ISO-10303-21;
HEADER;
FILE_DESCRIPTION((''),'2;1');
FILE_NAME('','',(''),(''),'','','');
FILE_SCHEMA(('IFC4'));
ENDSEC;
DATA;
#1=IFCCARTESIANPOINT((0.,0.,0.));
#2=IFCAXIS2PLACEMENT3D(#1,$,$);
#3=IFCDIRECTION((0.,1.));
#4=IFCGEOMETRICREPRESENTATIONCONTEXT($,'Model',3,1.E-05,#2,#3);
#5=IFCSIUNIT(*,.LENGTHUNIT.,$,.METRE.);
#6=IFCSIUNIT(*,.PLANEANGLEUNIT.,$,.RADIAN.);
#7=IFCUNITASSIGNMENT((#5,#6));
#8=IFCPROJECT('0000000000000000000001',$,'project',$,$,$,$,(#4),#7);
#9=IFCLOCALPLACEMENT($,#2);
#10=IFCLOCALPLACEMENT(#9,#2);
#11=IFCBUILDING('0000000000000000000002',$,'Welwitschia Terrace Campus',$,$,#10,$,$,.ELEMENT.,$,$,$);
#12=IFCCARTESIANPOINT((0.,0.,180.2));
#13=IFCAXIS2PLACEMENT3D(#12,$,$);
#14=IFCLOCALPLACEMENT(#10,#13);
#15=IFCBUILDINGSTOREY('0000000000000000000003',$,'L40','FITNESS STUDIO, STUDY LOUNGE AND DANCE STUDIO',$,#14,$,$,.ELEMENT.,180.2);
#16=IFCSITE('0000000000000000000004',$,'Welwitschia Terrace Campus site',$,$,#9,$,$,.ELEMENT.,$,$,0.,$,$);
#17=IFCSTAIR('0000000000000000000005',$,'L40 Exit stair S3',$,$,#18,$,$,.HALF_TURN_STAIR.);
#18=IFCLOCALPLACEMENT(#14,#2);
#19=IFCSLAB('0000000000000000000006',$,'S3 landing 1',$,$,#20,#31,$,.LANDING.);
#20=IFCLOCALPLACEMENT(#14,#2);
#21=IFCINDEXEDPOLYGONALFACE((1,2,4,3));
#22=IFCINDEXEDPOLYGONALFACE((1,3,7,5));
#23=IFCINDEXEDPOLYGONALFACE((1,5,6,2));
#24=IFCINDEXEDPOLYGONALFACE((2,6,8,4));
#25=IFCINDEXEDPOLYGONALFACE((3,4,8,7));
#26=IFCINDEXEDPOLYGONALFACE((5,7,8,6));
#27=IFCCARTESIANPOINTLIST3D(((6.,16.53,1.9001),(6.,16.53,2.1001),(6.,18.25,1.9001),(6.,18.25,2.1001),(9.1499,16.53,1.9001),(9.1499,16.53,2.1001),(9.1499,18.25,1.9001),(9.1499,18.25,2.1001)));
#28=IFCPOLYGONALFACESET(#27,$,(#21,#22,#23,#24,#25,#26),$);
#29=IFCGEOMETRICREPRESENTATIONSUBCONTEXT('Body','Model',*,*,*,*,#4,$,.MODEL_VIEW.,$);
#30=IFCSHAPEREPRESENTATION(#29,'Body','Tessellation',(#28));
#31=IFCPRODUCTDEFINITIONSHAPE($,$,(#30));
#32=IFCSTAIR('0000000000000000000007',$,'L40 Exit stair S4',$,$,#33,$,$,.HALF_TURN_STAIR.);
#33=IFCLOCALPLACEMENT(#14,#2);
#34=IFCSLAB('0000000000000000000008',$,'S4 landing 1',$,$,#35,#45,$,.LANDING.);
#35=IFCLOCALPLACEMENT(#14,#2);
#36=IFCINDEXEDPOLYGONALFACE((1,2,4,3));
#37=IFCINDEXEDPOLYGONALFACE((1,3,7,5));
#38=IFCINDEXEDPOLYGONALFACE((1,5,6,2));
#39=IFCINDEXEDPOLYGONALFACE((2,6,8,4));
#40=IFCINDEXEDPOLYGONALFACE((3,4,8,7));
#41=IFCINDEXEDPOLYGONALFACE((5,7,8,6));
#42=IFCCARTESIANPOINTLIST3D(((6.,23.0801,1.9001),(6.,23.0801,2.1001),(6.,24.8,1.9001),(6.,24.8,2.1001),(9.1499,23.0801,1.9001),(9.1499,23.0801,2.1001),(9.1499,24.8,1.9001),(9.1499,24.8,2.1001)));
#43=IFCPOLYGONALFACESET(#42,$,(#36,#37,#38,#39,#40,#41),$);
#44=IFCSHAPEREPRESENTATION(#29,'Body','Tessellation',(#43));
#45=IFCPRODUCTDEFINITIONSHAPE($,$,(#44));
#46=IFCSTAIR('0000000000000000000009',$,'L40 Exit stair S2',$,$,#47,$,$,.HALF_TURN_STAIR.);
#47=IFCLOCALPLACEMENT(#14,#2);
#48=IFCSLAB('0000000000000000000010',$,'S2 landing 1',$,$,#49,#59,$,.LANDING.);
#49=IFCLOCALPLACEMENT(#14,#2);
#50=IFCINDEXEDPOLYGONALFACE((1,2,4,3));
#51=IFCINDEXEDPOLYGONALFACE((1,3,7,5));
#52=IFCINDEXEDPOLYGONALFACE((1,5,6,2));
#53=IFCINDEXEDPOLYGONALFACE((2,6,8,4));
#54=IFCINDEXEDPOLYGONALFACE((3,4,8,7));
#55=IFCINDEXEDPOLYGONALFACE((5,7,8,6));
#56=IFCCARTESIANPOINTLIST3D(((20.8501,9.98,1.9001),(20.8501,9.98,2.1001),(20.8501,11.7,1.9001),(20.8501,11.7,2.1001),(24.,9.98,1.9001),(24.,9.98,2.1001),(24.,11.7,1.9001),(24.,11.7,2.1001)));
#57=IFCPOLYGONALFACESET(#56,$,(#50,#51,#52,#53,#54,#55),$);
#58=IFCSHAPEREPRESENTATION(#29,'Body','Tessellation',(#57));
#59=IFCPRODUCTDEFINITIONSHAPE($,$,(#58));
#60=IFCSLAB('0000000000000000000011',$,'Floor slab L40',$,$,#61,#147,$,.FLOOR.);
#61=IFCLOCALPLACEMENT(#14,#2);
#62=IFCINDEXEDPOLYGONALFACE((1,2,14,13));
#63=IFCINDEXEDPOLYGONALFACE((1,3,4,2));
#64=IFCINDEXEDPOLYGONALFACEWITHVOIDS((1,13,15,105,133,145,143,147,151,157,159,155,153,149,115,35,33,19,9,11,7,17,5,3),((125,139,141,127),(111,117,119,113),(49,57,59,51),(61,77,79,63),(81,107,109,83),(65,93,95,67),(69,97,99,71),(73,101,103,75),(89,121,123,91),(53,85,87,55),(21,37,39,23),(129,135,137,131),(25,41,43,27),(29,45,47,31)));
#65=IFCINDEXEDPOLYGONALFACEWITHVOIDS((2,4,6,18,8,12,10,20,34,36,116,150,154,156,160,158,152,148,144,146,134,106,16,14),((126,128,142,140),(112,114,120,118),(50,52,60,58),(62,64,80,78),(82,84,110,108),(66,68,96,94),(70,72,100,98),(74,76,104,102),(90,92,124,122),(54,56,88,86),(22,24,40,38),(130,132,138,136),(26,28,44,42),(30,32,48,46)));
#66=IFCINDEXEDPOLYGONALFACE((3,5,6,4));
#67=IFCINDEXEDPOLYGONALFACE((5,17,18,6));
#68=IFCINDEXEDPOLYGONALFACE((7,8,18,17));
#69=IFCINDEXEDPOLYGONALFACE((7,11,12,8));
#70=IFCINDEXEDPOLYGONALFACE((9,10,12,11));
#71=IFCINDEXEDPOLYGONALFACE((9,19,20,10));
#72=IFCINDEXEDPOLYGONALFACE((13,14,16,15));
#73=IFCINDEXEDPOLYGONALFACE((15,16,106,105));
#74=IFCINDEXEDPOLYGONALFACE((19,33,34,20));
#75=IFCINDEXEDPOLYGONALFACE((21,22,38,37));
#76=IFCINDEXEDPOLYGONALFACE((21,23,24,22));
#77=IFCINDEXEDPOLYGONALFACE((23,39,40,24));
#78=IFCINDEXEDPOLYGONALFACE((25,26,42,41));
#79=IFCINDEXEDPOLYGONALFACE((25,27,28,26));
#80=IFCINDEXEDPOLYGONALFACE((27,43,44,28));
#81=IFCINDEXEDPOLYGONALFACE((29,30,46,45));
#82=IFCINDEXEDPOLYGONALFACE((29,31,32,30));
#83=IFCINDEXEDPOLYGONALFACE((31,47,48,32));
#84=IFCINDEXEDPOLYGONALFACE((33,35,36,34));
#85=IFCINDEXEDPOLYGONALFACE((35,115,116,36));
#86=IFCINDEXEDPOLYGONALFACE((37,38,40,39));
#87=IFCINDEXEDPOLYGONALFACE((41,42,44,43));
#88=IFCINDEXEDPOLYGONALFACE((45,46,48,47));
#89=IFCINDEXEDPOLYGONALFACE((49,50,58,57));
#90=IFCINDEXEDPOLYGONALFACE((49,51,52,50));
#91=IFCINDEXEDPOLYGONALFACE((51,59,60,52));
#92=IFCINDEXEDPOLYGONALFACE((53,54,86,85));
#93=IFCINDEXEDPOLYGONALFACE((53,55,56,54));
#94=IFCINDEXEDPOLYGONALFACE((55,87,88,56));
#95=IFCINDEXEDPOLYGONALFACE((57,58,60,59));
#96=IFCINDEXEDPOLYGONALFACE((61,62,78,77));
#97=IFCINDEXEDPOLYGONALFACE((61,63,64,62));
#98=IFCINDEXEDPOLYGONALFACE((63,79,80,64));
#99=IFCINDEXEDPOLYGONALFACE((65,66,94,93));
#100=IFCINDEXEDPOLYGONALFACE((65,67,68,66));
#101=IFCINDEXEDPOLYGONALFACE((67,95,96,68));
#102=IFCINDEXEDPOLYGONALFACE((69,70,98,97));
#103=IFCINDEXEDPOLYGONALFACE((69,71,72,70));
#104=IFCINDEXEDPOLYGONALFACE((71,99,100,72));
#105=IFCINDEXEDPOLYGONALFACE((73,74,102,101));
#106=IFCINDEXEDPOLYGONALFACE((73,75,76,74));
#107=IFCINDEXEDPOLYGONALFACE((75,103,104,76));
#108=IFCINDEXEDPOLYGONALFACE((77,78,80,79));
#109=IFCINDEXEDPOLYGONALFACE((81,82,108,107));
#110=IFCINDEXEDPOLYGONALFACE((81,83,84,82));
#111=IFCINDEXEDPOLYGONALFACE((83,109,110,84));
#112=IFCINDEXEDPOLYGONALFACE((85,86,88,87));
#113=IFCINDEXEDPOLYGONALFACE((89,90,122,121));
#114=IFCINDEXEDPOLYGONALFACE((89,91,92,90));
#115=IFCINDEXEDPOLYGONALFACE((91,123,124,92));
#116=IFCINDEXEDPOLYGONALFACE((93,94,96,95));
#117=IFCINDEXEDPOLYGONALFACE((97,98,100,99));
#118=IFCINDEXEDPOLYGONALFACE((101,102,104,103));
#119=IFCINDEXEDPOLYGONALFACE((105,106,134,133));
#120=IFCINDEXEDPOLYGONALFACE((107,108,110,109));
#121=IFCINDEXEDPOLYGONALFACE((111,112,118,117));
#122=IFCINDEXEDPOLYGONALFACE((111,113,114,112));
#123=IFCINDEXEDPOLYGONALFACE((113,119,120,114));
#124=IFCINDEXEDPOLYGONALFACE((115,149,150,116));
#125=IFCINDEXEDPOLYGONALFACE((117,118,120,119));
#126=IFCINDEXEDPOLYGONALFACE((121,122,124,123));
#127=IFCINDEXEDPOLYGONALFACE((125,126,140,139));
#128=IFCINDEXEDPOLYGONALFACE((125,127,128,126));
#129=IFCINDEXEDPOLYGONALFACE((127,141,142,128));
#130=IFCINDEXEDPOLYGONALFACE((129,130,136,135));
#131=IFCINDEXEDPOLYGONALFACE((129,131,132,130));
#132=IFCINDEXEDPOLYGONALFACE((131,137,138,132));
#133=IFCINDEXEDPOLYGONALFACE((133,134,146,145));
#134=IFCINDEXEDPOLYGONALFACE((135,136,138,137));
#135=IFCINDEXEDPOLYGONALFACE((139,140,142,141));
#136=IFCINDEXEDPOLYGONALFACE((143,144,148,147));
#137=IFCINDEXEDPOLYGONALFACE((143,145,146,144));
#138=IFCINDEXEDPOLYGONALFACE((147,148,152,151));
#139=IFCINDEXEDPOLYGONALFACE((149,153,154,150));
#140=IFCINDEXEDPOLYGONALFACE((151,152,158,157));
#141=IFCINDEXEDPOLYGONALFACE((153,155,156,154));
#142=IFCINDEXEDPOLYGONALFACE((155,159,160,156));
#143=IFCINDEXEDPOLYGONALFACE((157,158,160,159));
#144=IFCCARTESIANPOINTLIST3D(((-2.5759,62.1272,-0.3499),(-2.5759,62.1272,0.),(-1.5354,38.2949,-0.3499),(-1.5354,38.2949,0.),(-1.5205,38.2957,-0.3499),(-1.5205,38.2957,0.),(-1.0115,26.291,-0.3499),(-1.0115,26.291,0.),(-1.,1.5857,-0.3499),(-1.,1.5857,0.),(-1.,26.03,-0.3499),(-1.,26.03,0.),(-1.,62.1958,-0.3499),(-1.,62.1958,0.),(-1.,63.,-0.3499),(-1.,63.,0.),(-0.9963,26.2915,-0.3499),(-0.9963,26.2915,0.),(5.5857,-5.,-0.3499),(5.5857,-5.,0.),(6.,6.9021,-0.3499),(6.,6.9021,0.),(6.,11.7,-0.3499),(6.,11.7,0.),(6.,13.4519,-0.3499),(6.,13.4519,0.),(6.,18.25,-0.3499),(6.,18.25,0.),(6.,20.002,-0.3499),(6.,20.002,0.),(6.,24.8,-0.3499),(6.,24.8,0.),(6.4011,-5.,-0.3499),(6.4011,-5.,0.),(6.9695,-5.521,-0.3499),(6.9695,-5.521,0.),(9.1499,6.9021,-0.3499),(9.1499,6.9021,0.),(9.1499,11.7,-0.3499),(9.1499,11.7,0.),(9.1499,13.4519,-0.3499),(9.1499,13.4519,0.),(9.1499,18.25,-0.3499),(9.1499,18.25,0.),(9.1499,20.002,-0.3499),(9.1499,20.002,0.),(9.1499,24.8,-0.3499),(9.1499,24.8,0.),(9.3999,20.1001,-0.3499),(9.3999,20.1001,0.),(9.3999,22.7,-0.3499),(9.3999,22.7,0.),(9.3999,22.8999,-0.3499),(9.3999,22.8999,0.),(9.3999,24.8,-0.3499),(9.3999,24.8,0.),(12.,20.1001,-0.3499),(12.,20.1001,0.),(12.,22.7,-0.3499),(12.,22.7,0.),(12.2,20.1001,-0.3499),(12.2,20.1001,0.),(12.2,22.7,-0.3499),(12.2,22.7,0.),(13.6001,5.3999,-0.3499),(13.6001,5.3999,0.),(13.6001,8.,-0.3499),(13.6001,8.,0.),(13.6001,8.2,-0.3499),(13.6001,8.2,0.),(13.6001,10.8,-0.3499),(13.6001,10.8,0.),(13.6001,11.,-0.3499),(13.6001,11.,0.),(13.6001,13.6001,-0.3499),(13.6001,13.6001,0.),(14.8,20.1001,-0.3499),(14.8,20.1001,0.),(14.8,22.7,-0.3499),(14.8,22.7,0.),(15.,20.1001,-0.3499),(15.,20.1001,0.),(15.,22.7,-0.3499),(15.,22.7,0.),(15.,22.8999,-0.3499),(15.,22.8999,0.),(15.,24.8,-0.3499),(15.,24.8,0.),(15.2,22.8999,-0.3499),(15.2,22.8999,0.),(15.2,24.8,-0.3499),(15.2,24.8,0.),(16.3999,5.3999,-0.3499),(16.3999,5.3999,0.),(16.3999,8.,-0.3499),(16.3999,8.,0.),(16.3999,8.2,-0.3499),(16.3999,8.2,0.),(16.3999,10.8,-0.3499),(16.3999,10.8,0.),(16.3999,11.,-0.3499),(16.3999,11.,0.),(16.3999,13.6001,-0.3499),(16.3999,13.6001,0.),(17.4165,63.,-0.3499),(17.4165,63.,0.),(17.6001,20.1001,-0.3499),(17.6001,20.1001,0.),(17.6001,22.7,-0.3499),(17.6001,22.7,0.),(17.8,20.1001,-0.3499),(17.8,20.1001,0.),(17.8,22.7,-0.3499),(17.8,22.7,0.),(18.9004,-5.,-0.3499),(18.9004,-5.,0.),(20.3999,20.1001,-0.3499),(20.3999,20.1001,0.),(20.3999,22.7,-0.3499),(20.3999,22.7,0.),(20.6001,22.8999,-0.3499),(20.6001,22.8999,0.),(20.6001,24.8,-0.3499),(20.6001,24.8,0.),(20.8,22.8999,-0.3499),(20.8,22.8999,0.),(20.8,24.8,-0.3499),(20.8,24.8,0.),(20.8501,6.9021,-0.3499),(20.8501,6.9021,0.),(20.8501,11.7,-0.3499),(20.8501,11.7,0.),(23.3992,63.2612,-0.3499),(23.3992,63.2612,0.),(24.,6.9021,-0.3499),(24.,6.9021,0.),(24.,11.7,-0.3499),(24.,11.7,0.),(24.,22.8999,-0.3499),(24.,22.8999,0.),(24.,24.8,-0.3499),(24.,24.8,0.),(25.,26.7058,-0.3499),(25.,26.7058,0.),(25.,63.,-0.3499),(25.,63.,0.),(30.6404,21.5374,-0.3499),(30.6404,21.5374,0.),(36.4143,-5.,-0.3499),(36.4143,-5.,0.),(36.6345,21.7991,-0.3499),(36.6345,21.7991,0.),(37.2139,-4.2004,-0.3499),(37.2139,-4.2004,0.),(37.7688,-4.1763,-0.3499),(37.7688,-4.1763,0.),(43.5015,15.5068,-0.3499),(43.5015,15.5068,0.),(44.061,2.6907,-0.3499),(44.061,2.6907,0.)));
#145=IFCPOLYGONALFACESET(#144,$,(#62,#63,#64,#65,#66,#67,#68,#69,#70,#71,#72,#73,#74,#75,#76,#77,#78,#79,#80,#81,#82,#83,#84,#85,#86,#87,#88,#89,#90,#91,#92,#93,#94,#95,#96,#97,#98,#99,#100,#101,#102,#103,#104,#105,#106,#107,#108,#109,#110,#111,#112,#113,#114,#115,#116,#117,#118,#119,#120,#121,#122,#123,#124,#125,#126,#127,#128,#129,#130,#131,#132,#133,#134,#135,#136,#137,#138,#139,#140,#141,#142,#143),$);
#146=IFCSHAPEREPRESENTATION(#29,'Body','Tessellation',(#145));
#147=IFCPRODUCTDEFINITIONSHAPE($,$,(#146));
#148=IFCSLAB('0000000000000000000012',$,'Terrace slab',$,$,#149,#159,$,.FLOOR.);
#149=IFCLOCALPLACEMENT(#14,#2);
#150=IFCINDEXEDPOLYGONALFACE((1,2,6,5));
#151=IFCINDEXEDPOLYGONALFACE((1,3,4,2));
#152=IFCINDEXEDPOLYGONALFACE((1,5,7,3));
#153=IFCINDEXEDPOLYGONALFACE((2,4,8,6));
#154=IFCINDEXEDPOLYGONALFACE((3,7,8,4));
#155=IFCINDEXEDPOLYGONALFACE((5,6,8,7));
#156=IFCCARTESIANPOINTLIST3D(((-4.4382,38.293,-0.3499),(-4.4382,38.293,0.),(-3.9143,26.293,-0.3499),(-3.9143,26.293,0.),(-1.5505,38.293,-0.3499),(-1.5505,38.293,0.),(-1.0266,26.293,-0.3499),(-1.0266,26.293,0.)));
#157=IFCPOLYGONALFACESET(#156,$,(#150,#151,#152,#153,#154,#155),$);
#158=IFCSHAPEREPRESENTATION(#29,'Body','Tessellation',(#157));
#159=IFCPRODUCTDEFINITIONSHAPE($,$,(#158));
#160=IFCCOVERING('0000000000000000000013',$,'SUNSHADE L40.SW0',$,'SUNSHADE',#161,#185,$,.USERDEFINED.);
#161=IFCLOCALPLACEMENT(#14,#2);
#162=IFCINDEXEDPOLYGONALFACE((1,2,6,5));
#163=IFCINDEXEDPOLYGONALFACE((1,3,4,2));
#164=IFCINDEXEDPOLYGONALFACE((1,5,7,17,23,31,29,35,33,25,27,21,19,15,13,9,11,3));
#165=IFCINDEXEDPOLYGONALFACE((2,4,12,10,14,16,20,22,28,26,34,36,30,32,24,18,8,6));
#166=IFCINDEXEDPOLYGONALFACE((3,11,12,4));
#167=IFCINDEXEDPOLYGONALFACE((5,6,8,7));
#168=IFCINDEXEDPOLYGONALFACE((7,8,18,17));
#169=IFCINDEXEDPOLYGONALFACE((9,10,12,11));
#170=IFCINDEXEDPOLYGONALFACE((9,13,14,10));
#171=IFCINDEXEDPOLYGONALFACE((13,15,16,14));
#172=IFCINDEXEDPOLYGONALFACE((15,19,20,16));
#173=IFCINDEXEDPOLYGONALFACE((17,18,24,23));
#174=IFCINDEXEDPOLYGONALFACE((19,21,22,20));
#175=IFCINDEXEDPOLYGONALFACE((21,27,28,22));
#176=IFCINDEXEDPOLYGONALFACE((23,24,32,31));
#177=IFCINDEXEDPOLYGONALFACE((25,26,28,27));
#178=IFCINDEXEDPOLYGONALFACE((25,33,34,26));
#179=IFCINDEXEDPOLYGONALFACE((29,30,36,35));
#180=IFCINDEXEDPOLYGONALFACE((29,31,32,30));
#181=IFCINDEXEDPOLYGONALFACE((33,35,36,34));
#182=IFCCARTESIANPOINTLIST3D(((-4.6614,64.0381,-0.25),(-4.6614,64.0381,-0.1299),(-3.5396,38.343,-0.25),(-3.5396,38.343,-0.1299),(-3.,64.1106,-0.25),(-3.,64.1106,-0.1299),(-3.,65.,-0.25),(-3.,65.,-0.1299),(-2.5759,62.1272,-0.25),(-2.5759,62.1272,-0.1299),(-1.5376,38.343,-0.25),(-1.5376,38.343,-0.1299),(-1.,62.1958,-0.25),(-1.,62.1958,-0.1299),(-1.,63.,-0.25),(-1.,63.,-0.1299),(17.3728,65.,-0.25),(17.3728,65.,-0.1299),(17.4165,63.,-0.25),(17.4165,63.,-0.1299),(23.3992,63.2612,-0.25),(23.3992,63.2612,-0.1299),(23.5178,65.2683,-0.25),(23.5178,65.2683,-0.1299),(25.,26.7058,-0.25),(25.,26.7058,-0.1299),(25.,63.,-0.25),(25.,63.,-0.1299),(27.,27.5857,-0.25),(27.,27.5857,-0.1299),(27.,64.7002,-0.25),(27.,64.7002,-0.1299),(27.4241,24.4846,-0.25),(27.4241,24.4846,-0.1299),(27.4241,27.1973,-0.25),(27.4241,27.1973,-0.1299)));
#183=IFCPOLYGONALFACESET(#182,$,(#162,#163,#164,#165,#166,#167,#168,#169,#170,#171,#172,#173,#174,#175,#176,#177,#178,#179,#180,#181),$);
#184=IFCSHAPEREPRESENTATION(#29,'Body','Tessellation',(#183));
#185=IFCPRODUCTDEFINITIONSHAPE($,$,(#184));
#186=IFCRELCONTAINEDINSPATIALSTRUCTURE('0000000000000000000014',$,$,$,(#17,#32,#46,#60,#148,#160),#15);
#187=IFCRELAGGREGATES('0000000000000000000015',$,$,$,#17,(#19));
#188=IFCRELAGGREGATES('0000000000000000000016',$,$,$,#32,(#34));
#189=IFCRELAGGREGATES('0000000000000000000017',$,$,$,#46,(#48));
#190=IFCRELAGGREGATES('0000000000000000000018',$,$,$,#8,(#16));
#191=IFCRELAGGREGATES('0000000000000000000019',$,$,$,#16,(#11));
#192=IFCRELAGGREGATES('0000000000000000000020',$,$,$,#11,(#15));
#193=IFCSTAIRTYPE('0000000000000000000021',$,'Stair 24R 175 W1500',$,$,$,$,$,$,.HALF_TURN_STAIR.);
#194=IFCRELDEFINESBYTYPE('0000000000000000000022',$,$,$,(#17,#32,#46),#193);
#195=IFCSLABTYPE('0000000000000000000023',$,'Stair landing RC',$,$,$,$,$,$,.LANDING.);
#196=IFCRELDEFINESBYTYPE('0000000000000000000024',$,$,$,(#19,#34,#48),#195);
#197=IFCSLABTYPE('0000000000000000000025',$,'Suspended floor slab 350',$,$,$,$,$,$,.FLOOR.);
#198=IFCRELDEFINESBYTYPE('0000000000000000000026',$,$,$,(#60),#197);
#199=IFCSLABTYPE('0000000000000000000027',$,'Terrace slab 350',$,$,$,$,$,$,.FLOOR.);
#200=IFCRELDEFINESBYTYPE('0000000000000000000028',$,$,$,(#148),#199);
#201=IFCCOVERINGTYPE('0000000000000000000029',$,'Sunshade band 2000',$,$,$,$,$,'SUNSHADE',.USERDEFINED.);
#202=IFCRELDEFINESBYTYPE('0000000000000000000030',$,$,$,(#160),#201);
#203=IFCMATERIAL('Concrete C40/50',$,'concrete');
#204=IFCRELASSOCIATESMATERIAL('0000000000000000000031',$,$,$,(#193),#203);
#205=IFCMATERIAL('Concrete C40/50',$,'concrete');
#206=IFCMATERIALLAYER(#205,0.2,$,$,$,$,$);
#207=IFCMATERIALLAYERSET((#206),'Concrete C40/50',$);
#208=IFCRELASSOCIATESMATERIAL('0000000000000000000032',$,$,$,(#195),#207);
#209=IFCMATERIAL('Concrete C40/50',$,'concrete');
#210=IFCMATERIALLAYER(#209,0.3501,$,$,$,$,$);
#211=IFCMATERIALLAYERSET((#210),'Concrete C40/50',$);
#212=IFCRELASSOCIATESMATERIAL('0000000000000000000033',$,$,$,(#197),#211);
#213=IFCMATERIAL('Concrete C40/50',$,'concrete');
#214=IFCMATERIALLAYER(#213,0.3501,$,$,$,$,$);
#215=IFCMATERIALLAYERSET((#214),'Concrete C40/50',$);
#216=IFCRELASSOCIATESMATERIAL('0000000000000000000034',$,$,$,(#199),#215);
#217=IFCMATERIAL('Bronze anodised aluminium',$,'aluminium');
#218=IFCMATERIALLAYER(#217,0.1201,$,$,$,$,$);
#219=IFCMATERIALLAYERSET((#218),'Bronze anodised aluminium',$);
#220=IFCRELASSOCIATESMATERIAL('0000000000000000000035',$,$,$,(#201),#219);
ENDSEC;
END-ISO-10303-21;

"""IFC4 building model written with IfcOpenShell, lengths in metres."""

from ifc_helpers import new_model, si_unit, direction, frame, origin, place, context, subcontext, project, spatial, polyline, outline, extrude, material, layer, layer_set, type_object, element, aggregate, save


model = new_model("IFC4")

# Units and contexts
model_context = context("Model", 3, precision=1e-05, world=origin(), true_north=direction((0.0, 1.0)))
body_context = subcontext(model_context, "Body", "Model", "MODEL_VIEW")
ifc_project = project(units=[si_unit("LENGTHUNIT", "METRE"), si_unit("PLANEANGLEUNIT", "RADIAN")], contexts=[model_context])

# Site, building, storey
site_placement = place(None, origin())
site = spatial("IfcSite", under=ifc_project, at=site_placement, Name="Welwitschia Terrace Campus site", CompositionType="ELEMENT", RefElevation=0.0)
building_placement = place(site_placement, origin())
building = spatial("IfcBuilding", under=site, at=building_placement, Name="Welwitschia Terrace Campus", CompositionType="ELEMENT")
storey_placement = place(building_placement, frame((0.0, 0.0, 180.2)))
storey = spatial("IfcBuildingStorey", under=building, at=storey_placement, Name="L40", Description="FITNESS STUDIO, STUDY LOUNGE AND DANCE STUDIO", CompositionType="ELEMENT", Elevation=180.2)

# Stairs, slabs
ifc_material_1 = material(Name="Concrete C40/50", Category="concrete")
stair_type = type_object("IfcStairType", Name="Stair 24R 175 W1500", PredefinedType="HALF_TURN_STAIR", material=ifc_material_1)
ifc_material_2 = material(Name="Concrete C40/50", Category="concrete")
ifc_layer_1 = layer(ifc_material_2, 0.2)
ifc_layer_set_1 = layer_set([ifc_layer_1], Name="Concrete C40/50")
slab_type_1 = type_object("IfcSlabType", Name="Stair landing RC", PredefinedType="LANDING", material=ifc_layer_set_1)
stair_1_placement = place(storey_placement, origin())
stair_1 = element("IfcStair", 1, at=stair_1_placement, inside=storey, type_object=stair_type, Name="L40 Exit stair S3", PredefinedType="HALF_TURN_STAIR")
slab_1_placement = place(storey_placement, frame((0.0, 0.0, 1.9001)))
slab_1 = element("IfcSlab", 2, at=slab_1_placement, type_object=slab_type_1, Name="S3 landing 1", PredefinedType="LANDING", context=body_context, shape_type="SweptSolid", body=[
    extrude(outline(polyline([(9.1499, 16.53), (9.1499, 18.25), (6.0, 18.25), (6.0, 16.53), (9.1499, 16.53)])), origin(), (0.0, 0.0, 1.0), 0.2),
])
aggregate(stair_1, [slab_1])
stair_2_placement = place(storey_placement, origin())
stair_2 = element("IfcStair", 3, at=stair_2_placement, inside=storey, type_object=stair_type, Name="L40 Exit stair S4", PredefinedType="HALF_TURN_STAIR")
slab_2_placement = place(storey_placement, frame((0.0, 0.0, 1.9001)))
slab_2 = element("IfcSlab", 4, at=slab_2_placement, type_object=slab_type_1, Name="S4 landing 1", PredefinedType="LANDING", context=body_context, shape_type="SweptSolid", body=[
    extrude(outline(polyline([(9.1499, 23.0801), (9.1499, 24.8), (6.0, 24.8), (6.0, 23.0801), (9.1499, 23.0801)])), origin(), (0.0, 0.0, 1.0), 0.2),
])
aggregate(stair_2, [slab_2])
stair_3_placement = place(storey_placement, origin())
stair_3 = element("IfcStair", 5, at=stair_3_placement, inside=storey, type_object=stair_type, Name="L40 Exit stair S2", PredefinedType="HALF_TURN_STAIR")
slab_3_placement = place(storey_placement, frame((0.0, 0.0, 1.9001)))
slab_3 = element("IfcSlab", 6, at=slab_3_placement, type_object=slab_type_1, Name="S2 landing 1", PredefinedType="LANDING", context=body_context, shape_type="SweptSolid", body=[
    extrude(outline(polyline([(24.0, 9.98), (24.0, 11.7), (20.8501, 11.7), (20.8501, 9.98), (24.0, 9.98)])), origin(), (0.0, 0.0, 1.0), 0.2),
])
aggregate(stair_3, [slab_3])

# Slabs
ifc_material_3 = material(Name="Concrete C40/50", Category="concrete")
ifc_layer_2 = layer(ifc_material_3, 0.3501)
ifc_layer_set_2 = layer_set([ifc_layer_2], Name="Concrete C40/50")
slab_type_2 = type_object("IfcSlabType", Name="Suspended floor slab 350", PredefinedType="FLOOR", material=ifc_layer_set_2)
slab_4_placement = place(storey_placement, frame((0.0, 0.0, -0.3499)))
element("IfcSlab", 7, at=slab_4_placement, inside=storey, type_object=slab_type_2, Name="Floor slab L40", PredefinedType="FLOOR", context=body_context, shape_type="SweptSolid", body=[
    extrude(outline(polyline([(-1.0, 63.0), (17.4165, 63.0), (23.3992, 63.2612), (25.0, 63.0), (25.0, 26.7058), (30.6404, 21.5374), (36.6345, 21.7991), (43.5015, 15.5068), (44.061, 2.6907), (37.7688, -4.1763), (37.2139, -4.2004), (36.4143, -5.0), (18.9004, -5.0), (6.9695, -5.521), (6.4011, -5.0), (5.5857, -5.0), (-1.0, 1.5857), (-1.0, 26.03), (-1.0115, 26.291), (-0.9963, 26.2915), (-1.5205, 38.2957), (-1.5354, 38.2949), (-2.5759, 62.1272), (-1.0, 62.1958), (-1.0, 63.0)]), holes=[polyline([(13.6001, 5.3999), (16.3999, 5.3999), (16.3999, 8.0), (13.6001, 8.0), (13.6001, 5.3999)]), polyline([(6.0, 11.7), (6.0, 6.9021), (9.1499, 6.9021), (9.1499, 11.7), (6.0, 11.7)]), polyline([(6.0, 18.25), (6.0, 13.4519), (9.1499, 13.4519), (9.1499, 18.25), (6.0, 18.25)]), polyline([(9.3999, 22.7), (9.3999, 20.1001), (12.0, 20.1001), (12.0, 22.7), (9.3999, 22.7)]), polyline([(12.2, 22.7), (12.2, 20.1001), (14.8, 20.1001), (14.8, 22.7), (12.2, 22.7)]), polyline([(6.0, 24.8), (6.0, 20.002), (9.1499, 20.002), (9.1499, 24.8), (6.0, 24.8)]), polyline([(9.3999, 24.8), (9.3999, 22.8999), (15.0, 22.8999), (15.0, 24.8), (9.3999, 24.8)]), polyline([(20.8501, 6.9021), (24.0, 6.9021), (24.0, 11.7), (20.8501, 11.7), (20.8501, 6.9021)]), polyline([(13.6001, 10.8), (13.6001, 8.2), (16.3999, 8.2), (16.3999, 10.8), (13.6001, 10.8)]), polyline([(13.6001, 13.6001), (13.6001, 11.0), (16.3999, 11.0), (16.3999, 13.6001), (13.6001, 13.6001)]), polyline([(15.0, 22.7), (15.0, 20.1001), (17.6001, 20.1001), (17.6001, 22.7), (15.0, 22.7)]), polyline([(17.8, 22.7), (17.8, 20.1001), (20.3999, 20.1001), (20.3999, 22.7), (17.8, 22.7)]), polyline([(15.2, 24.8), (15.2, 22.8999), (20.6001, 22.8999), (20.6001, 24.8), (15.2, 24.8)]), polyline([(20.8, 24.8), (20.8, 22.8999), (24.0, 22.8999), (24.0, 24.8), (20.8, 24.8)])]), origin(), (0.0, 0.0, 1.0), 0.3499),
])
ifc_material_4 = material(Name="Concrete C40/50", Category="concrete")
ifc_layer_3 = layer(ifc_material_4, 0.3501)
ifc_layer_set_3 = layer_set([ifc_layer_3], Name="Concrete C40/50")
slab_type_3 = type_object("IfcSlabType", Name="Terrace slab 350", PredefinedType="FLOOR", material=ifc_layer_set_3)
slab_5_placement = place(storey_placement, frame((0.0, 0.0, -0.3499)))
element("IfcSlab", 8, at=slab_5_placement, inside=storey, type_object=slab_type_3, Name="Terrace slab", PredefinedType="FLOOR", context=body_context, shape_type="SweptSolid", body=[
    extrude(outline(polyline([(-3.9143, 26.293), (-4.4382, 38.293), (-1.5505, 38.293), (-1.0266, 26.293), (-3.9143, 26.293)])), origin(), (0.0, 0.0, 1.0), 0.3499),
])

# Covering
ifc_material_5 = material(Name="Bronze anodised aluminium", Category="aluminium")
ifc_layer_4 = layer(ifc_material_5, 0.1201)
ifc_layer_set_4 = layer_set([ifc_layer_4], Name="Bronze anodised aluminium")
covering_type_1 = type_object("IfcCoveringType", Name="Sunshade band 2000", ElementType="SUNSHADE", PredefinedType="USERDEFINED", material=ifc_layer_set_4)
covering_1_placement = place(storey_placement, frame((0.0, 0.0, -0.25)))
element("IfcCovering", 9, at=covering_1_placement, inside=storey, type_object=covering_type_1, Name="SUNSHADE L40.SW0", ObjectType="SUNSHADE", PredefinedType="USERDEFINED", context=body_context, shape_type="SweptSolid", body=[
    extrude(outline(polyline([(17.3728, 65.0), (23.5178, 65.2683), (27.0, 64.7002), (27.0, 27.5857), (27.4241, 27.1973), (27.4241, 24.4846), (25.0, 26.7058), (25.0, 63.0), (23.3992, 63.2612), (17.4165, 63.0), (-1.0, 63.0), (-1.0, 62.1958), (-2.5759, 62.1272), (-1.5376, 38.343), (-3.5396, 38.343), (-4.6614, 64.0381), (-3.0, 64.1106), (-3.0, 65.0), (17.3728, 65.0)])), origin(), (0.0, 0.0, 1.0), 0.1201),
])

save(model, "model.ifc")
